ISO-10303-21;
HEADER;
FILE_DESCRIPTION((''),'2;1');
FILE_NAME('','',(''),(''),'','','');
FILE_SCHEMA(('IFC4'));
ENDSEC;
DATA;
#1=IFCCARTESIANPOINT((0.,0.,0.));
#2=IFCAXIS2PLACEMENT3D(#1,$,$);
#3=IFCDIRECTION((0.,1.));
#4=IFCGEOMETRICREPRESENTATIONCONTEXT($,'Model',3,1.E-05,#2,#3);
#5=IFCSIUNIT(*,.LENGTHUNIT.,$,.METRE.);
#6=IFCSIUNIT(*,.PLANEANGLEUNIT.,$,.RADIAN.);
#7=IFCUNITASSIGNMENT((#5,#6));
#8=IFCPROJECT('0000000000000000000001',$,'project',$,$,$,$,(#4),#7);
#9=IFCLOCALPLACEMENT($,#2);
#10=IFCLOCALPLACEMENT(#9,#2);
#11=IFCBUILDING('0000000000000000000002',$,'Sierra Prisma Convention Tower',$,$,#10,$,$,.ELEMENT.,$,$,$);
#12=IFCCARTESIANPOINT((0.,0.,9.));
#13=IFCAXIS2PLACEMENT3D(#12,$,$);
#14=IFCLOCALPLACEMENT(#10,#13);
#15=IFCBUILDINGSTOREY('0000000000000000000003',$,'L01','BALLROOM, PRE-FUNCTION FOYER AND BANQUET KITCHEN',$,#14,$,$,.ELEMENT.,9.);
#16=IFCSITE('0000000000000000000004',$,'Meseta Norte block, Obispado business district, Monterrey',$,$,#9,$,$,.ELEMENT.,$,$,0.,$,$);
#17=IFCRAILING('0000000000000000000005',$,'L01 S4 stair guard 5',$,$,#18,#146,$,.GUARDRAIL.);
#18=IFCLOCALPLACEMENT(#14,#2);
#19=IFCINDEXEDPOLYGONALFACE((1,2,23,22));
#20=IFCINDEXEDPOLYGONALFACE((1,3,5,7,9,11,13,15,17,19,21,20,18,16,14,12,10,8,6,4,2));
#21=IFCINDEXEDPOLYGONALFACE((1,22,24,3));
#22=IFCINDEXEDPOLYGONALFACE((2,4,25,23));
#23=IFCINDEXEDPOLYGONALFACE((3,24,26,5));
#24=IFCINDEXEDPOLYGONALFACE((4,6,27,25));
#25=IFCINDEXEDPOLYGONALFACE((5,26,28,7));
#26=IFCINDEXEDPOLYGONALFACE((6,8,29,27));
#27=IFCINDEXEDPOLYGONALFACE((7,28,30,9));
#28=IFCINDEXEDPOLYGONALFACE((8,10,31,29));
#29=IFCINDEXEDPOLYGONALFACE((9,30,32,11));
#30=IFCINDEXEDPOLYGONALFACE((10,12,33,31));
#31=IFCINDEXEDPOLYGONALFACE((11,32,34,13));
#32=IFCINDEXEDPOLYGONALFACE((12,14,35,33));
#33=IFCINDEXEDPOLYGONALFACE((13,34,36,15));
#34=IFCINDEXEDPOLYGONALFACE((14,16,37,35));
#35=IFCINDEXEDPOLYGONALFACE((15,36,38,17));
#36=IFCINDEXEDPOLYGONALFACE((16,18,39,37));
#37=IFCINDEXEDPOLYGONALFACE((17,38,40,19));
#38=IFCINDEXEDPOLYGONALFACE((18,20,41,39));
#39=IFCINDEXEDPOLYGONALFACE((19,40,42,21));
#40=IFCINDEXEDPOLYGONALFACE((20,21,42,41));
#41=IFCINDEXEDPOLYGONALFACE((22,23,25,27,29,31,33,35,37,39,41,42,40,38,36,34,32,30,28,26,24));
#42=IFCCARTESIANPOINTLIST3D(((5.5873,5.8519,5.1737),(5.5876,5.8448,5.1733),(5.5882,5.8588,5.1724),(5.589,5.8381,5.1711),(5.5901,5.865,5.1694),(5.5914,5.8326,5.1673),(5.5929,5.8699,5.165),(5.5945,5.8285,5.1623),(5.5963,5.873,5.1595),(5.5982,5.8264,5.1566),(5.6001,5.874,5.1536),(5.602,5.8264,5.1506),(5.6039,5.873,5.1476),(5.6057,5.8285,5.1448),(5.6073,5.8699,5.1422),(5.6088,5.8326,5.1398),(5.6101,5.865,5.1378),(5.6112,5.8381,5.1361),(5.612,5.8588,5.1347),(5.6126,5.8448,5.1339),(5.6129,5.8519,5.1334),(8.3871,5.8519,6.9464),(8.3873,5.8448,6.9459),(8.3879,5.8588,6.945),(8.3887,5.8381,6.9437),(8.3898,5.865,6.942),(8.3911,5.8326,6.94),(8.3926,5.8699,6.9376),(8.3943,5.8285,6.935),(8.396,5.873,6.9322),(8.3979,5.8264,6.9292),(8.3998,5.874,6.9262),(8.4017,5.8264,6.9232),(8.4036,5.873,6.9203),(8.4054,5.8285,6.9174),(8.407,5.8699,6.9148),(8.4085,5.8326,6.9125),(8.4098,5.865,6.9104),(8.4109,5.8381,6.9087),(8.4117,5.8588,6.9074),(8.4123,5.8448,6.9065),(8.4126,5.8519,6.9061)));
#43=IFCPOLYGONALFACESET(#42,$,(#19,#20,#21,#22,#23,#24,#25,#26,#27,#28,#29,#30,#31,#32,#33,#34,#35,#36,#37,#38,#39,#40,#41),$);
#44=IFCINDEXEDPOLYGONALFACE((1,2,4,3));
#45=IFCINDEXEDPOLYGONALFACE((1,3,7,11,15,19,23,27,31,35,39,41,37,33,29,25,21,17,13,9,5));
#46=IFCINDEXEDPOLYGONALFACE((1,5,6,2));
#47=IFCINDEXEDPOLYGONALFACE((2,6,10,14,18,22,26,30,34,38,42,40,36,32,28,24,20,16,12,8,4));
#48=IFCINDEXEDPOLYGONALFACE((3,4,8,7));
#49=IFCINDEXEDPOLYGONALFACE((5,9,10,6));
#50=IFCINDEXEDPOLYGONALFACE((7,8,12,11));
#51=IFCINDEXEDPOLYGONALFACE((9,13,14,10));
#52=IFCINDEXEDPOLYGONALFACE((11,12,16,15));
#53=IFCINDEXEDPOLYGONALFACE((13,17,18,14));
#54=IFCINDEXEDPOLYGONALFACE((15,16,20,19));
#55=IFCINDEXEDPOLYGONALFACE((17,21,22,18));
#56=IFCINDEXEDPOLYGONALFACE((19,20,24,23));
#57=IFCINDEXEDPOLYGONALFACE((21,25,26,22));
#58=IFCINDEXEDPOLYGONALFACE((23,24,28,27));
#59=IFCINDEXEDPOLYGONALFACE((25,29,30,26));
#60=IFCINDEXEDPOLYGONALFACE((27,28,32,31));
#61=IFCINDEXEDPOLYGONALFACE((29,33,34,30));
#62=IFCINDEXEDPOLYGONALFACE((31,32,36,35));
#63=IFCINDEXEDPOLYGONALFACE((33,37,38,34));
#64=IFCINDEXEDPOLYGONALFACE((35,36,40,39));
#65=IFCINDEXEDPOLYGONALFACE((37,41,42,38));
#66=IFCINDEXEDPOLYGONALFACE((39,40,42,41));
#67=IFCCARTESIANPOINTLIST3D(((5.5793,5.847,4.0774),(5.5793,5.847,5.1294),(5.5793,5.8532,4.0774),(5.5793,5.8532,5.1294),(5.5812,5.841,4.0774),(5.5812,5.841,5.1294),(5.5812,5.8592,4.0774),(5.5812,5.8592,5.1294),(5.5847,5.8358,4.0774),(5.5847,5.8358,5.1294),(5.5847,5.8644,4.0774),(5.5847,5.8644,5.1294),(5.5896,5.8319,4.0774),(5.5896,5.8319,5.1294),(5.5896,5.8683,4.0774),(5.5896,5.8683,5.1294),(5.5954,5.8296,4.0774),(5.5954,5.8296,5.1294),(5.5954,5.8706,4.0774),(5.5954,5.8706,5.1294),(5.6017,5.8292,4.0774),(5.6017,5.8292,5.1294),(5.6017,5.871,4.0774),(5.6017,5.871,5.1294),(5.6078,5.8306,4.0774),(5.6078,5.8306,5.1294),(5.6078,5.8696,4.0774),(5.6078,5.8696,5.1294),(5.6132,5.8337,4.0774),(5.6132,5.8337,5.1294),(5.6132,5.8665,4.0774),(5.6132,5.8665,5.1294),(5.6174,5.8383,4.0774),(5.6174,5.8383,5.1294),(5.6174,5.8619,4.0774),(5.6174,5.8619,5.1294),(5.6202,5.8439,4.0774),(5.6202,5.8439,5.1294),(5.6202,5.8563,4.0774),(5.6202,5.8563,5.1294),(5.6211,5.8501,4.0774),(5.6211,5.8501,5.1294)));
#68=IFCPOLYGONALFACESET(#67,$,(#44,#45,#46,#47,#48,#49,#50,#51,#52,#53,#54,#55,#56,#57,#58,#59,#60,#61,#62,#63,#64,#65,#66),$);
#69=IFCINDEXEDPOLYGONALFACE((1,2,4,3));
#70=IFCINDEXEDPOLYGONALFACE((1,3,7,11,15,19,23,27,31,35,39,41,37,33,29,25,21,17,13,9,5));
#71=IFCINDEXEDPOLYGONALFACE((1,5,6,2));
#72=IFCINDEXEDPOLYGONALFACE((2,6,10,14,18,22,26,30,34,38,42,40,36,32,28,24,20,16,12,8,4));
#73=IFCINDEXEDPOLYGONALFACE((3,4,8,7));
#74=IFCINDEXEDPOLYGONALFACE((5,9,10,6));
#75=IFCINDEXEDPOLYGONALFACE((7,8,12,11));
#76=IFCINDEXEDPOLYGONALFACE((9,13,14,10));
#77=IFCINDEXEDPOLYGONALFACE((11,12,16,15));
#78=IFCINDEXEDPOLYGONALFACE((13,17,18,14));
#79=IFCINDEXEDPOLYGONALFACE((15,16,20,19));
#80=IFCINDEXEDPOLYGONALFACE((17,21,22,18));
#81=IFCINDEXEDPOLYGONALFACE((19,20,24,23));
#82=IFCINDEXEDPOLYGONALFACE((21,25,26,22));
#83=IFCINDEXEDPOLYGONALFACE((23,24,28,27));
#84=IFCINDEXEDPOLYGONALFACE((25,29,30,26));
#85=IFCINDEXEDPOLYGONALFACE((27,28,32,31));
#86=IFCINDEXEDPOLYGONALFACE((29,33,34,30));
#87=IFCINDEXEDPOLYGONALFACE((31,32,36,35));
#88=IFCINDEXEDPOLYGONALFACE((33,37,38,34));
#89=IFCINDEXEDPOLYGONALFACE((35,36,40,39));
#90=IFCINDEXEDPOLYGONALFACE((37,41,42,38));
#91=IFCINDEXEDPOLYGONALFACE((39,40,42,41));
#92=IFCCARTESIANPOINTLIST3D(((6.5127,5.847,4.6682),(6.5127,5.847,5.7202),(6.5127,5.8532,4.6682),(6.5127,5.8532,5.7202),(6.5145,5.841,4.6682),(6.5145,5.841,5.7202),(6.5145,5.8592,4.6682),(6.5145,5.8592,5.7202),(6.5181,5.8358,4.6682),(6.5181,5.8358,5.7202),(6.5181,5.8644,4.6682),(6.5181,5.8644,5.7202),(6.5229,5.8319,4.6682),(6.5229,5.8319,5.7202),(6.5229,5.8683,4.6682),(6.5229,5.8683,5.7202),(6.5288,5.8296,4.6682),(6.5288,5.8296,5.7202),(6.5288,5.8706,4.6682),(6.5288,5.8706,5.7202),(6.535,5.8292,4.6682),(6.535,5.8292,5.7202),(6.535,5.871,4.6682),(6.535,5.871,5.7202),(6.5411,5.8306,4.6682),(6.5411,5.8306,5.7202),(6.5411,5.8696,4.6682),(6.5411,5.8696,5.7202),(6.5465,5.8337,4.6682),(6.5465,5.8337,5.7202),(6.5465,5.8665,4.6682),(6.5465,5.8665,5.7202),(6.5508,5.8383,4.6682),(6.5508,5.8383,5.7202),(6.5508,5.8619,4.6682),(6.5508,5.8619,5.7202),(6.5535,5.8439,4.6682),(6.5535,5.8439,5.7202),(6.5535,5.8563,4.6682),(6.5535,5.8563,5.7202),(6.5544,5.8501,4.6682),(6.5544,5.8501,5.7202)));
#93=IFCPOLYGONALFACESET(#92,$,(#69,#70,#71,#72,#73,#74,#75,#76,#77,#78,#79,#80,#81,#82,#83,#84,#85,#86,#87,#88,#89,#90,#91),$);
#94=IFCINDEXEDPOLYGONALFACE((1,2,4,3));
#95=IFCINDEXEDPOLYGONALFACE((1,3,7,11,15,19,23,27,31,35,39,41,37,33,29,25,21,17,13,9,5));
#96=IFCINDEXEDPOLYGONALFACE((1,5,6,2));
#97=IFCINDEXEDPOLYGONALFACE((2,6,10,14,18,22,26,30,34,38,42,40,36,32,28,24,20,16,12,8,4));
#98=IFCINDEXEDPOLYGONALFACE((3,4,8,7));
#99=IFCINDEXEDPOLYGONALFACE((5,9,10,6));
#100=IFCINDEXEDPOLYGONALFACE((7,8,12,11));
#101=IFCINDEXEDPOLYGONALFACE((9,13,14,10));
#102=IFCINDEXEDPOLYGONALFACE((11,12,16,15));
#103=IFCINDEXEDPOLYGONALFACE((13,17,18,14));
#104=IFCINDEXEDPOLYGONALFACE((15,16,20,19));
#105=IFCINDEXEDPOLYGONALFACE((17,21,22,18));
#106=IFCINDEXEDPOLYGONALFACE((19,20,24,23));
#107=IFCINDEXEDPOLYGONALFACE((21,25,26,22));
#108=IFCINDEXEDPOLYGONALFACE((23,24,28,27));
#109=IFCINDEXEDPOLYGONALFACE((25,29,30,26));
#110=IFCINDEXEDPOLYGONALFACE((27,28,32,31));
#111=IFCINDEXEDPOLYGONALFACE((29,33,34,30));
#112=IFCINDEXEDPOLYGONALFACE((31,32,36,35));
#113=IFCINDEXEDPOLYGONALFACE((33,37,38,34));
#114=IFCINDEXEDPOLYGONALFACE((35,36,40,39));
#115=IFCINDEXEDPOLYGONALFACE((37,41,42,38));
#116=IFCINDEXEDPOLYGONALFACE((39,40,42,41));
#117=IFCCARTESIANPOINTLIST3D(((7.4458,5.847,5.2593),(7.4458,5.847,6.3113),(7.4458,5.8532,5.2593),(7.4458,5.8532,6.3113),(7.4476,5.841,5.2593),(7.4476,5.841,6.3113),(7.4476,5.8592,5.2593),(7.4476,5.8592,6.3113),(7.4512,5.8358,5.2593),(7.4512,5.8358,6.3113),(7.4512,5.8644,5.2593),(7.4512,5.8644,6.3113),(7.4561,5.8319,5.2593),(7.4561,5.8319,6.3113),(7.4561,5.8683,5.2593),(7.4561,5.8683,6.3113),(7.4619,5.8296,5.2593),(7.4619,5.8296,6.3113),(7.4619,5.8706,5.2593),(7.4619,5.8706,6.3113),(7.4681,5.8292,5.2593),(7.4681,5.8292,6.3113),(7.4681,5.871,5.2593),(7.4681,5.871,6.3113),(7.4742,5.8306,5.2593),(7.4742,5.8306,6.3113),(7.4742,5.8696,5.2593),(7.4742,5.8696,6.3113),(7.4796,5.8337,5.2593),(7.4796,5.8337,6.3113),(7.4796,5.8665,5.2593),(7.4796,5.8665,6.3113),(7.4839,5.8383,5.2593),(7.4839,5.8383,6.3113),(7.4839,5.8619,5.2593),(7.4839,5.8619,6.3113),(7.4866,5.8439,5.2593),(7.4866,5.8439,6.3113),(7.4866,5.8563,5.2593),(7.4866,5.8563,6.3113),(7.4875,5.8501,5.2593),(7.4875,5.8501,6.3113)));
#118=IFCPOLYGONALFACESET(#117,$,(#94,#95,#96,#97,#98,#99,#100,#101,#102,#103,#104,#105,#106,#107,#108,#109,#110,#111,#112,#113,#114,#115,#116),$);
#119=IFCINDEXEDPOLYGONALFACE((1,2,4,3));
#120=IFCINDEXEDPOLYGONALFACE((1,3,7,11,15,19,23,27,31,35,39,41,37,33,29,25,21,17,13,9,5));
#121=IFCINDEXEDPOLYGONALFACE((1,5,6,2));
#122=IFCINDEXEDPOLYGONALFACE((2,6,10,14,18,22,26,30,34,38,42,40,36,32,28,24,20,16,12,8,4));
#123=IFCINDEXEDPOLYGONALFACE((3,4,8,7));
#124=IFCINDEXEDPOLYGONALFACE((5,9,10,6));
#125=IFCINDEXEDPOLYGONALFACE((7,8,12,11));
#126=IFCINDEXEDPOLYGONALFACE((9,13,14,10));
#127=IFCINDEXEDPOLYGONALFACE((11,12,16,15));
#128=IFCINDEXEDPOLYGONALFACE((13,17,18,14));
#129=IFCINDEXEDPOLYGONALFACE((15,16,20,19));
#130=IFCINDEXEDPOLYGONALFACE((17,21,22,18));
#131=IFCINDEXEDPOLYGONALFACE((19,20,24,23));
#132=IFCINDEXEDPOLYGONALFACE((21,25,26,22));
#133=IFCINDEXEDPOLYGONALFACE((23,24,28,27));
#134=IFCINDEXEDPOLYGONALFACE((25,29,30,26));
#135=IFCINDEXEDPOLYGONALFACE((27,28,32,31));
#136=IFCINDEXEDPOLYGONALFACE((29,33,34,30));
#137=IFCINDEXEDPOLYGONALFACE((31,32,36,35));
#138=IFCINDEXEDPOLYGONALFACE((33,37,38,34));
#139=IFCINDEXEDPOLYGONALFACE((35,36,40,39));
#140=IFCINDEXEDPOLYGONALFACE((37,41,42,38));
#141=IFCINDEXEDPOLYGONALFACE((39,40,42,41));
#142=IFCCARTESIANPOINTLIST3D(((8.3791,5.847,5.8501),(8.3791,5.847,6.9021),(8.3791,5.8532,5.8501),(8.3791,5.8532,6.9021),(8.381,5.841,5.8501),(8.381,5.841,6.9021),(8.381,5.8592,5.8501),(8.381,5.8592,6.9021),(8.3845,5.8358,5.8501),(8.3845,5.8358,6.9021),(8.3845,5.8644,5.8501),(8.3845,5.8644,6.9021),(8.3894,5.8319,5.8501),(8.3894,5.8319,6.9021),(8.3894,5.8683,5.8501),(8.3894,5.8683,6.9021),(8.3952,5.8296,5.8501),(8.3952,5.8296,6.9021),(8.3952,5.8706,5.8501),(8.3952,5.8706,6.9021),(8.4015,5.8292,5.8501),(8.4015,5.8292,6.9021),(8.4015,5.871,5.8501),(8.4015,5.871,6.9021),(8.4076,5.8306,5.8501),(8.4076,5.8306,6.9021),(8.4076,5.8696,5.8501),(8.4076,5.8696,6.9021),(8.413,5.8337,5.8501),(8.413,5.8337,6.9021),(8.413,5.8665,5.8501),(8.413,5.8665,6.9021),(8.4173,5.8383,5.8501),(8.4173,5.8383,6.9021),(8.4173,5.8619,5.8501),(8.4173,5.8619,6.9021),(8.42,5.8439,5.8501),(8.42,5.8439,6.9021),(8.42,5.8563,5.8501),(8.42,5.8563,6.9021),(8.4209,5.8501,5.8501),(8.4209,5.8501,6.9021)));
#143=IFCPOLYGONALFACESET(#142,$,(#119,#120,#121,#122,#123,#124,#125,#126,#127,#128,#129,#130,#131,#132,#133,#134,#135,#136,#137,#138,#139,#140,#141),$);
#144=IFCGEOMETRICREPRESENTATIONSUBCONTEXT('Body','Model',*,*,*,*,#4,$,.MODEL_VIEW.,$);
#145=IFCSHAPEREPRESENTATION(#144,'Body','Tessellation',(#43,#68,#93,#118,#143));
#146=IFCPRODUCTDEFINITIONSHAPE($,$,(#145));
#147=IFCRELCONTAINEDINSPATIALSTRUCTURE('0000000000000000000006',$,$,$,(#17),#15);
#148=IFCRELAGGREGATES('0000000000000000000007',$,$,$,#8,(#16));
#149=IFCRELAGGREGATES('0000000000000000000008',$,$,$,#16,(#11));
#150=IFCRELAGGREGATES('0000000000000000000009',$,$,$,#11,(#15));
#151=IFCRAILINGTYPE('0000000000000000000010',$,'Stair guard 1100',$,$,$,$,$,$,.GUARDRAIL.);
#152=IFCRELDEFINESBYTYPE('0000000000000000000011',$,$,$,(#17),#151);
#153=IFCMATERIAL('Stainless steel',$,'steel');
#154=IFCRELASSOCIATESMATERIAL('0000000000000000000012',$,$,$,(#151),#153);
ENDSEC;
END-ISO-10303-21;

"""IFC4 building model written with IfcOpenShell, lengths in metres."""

from ifc_helpers import new_model, si_unit, direction, frame, origin, origin_2d, place, context, subcontext, project, spatial, circle, extrude, material, type_object, element, save


model = new_model("IFC4")

# Units and contexts
model_context = context("Model", 3, precision=1e-05, world=origin(), true_north=direction((0.0, 1.0)))
body_context = subcontext(model_context, "Body", "Model", "MODEL_VIEW")
ifc_project = project(units=[si_unit("LENGTHUNIT", "METRE"), si_unit("PLANEANGLEUNIT", "RADIAN")], contexts=[model_context])

# Site, building, storey
site_placement = place(None, origin())
site = spatial("IfcSite", under=ifc_project, at=site_placement, Name="Meseta Norte block, Obispado business district, Monterrey", CompositionType="ELEMENT", RefElevation=0.0)
building_placement = place(site_placement, origin())
building = spatial("IfcBuilding", under=site, at=building_placement, Name="Sierra Prisma Convention Tower", CompositionType="ELEMENT")
storey_placement = place(building_placement, frame((0.0, 0.0, 9.0)))
storey = spatial("IfcBuildingStorey", under=building, at=storey_placement, Name="L01", Description="BALLROOM, PRE-FUNCTION FOYER AND BANQUET KITCHEN", CompositionType="ELEMENT", Elevation=9.0)

# Railing
ifc_material_1 = material(Name="Stainless steel", Category="steel")
railing_type_1 = type_object("IfcRailingType", Name="Stair guard 1100", PredefinedType="GUARDRAIL", material=ifc_material_1)
railing_1_placement = place(storey_placement, frame((5.6001, 5.8501, 4.0774)))
element("IfcRailing", 1, at=railing_1_placement, inside=storey, type_object=railing_type_1, Name="L01 S4 stair guard 5", PredefinedType="GUARDRAIL", context=body_context, shape_type="SweptSolid", body=[
    extrude(circle(Radius=0.0239, at=origin_2d()), frame((0.0, 0.0, 1.0762), z_axis=(0.844888, 0.0, 0.534943), x_axis=(0.0, 1.0, 0.0)), (0.0, 0.0, 1.0), 3.3137),
    extrude(circle(Radius=0.021, at=origin_2d()), origin(), (0.0, 0.0, 1.0), 1.052),
    extrude(circle(Radius=0.021, at=origin_2d()), frame((0.9333, 0.0, 0.5908)), (0.0, 0.0, 1.0), 1.052),
    extrude(circle(Radius=0.021, at=origin_2d()), frame((1.8665, 0.0, 1.1819)), (0.0, 0.0, 1.0), 1.052),
    extrude(circle(Radius=0.021, at=origin_2d()), frame((2.7998, 0.0, 1.7727)), (0.0, 0.0, 1.0), 1.052),
])

save(model, "model.ifc")
